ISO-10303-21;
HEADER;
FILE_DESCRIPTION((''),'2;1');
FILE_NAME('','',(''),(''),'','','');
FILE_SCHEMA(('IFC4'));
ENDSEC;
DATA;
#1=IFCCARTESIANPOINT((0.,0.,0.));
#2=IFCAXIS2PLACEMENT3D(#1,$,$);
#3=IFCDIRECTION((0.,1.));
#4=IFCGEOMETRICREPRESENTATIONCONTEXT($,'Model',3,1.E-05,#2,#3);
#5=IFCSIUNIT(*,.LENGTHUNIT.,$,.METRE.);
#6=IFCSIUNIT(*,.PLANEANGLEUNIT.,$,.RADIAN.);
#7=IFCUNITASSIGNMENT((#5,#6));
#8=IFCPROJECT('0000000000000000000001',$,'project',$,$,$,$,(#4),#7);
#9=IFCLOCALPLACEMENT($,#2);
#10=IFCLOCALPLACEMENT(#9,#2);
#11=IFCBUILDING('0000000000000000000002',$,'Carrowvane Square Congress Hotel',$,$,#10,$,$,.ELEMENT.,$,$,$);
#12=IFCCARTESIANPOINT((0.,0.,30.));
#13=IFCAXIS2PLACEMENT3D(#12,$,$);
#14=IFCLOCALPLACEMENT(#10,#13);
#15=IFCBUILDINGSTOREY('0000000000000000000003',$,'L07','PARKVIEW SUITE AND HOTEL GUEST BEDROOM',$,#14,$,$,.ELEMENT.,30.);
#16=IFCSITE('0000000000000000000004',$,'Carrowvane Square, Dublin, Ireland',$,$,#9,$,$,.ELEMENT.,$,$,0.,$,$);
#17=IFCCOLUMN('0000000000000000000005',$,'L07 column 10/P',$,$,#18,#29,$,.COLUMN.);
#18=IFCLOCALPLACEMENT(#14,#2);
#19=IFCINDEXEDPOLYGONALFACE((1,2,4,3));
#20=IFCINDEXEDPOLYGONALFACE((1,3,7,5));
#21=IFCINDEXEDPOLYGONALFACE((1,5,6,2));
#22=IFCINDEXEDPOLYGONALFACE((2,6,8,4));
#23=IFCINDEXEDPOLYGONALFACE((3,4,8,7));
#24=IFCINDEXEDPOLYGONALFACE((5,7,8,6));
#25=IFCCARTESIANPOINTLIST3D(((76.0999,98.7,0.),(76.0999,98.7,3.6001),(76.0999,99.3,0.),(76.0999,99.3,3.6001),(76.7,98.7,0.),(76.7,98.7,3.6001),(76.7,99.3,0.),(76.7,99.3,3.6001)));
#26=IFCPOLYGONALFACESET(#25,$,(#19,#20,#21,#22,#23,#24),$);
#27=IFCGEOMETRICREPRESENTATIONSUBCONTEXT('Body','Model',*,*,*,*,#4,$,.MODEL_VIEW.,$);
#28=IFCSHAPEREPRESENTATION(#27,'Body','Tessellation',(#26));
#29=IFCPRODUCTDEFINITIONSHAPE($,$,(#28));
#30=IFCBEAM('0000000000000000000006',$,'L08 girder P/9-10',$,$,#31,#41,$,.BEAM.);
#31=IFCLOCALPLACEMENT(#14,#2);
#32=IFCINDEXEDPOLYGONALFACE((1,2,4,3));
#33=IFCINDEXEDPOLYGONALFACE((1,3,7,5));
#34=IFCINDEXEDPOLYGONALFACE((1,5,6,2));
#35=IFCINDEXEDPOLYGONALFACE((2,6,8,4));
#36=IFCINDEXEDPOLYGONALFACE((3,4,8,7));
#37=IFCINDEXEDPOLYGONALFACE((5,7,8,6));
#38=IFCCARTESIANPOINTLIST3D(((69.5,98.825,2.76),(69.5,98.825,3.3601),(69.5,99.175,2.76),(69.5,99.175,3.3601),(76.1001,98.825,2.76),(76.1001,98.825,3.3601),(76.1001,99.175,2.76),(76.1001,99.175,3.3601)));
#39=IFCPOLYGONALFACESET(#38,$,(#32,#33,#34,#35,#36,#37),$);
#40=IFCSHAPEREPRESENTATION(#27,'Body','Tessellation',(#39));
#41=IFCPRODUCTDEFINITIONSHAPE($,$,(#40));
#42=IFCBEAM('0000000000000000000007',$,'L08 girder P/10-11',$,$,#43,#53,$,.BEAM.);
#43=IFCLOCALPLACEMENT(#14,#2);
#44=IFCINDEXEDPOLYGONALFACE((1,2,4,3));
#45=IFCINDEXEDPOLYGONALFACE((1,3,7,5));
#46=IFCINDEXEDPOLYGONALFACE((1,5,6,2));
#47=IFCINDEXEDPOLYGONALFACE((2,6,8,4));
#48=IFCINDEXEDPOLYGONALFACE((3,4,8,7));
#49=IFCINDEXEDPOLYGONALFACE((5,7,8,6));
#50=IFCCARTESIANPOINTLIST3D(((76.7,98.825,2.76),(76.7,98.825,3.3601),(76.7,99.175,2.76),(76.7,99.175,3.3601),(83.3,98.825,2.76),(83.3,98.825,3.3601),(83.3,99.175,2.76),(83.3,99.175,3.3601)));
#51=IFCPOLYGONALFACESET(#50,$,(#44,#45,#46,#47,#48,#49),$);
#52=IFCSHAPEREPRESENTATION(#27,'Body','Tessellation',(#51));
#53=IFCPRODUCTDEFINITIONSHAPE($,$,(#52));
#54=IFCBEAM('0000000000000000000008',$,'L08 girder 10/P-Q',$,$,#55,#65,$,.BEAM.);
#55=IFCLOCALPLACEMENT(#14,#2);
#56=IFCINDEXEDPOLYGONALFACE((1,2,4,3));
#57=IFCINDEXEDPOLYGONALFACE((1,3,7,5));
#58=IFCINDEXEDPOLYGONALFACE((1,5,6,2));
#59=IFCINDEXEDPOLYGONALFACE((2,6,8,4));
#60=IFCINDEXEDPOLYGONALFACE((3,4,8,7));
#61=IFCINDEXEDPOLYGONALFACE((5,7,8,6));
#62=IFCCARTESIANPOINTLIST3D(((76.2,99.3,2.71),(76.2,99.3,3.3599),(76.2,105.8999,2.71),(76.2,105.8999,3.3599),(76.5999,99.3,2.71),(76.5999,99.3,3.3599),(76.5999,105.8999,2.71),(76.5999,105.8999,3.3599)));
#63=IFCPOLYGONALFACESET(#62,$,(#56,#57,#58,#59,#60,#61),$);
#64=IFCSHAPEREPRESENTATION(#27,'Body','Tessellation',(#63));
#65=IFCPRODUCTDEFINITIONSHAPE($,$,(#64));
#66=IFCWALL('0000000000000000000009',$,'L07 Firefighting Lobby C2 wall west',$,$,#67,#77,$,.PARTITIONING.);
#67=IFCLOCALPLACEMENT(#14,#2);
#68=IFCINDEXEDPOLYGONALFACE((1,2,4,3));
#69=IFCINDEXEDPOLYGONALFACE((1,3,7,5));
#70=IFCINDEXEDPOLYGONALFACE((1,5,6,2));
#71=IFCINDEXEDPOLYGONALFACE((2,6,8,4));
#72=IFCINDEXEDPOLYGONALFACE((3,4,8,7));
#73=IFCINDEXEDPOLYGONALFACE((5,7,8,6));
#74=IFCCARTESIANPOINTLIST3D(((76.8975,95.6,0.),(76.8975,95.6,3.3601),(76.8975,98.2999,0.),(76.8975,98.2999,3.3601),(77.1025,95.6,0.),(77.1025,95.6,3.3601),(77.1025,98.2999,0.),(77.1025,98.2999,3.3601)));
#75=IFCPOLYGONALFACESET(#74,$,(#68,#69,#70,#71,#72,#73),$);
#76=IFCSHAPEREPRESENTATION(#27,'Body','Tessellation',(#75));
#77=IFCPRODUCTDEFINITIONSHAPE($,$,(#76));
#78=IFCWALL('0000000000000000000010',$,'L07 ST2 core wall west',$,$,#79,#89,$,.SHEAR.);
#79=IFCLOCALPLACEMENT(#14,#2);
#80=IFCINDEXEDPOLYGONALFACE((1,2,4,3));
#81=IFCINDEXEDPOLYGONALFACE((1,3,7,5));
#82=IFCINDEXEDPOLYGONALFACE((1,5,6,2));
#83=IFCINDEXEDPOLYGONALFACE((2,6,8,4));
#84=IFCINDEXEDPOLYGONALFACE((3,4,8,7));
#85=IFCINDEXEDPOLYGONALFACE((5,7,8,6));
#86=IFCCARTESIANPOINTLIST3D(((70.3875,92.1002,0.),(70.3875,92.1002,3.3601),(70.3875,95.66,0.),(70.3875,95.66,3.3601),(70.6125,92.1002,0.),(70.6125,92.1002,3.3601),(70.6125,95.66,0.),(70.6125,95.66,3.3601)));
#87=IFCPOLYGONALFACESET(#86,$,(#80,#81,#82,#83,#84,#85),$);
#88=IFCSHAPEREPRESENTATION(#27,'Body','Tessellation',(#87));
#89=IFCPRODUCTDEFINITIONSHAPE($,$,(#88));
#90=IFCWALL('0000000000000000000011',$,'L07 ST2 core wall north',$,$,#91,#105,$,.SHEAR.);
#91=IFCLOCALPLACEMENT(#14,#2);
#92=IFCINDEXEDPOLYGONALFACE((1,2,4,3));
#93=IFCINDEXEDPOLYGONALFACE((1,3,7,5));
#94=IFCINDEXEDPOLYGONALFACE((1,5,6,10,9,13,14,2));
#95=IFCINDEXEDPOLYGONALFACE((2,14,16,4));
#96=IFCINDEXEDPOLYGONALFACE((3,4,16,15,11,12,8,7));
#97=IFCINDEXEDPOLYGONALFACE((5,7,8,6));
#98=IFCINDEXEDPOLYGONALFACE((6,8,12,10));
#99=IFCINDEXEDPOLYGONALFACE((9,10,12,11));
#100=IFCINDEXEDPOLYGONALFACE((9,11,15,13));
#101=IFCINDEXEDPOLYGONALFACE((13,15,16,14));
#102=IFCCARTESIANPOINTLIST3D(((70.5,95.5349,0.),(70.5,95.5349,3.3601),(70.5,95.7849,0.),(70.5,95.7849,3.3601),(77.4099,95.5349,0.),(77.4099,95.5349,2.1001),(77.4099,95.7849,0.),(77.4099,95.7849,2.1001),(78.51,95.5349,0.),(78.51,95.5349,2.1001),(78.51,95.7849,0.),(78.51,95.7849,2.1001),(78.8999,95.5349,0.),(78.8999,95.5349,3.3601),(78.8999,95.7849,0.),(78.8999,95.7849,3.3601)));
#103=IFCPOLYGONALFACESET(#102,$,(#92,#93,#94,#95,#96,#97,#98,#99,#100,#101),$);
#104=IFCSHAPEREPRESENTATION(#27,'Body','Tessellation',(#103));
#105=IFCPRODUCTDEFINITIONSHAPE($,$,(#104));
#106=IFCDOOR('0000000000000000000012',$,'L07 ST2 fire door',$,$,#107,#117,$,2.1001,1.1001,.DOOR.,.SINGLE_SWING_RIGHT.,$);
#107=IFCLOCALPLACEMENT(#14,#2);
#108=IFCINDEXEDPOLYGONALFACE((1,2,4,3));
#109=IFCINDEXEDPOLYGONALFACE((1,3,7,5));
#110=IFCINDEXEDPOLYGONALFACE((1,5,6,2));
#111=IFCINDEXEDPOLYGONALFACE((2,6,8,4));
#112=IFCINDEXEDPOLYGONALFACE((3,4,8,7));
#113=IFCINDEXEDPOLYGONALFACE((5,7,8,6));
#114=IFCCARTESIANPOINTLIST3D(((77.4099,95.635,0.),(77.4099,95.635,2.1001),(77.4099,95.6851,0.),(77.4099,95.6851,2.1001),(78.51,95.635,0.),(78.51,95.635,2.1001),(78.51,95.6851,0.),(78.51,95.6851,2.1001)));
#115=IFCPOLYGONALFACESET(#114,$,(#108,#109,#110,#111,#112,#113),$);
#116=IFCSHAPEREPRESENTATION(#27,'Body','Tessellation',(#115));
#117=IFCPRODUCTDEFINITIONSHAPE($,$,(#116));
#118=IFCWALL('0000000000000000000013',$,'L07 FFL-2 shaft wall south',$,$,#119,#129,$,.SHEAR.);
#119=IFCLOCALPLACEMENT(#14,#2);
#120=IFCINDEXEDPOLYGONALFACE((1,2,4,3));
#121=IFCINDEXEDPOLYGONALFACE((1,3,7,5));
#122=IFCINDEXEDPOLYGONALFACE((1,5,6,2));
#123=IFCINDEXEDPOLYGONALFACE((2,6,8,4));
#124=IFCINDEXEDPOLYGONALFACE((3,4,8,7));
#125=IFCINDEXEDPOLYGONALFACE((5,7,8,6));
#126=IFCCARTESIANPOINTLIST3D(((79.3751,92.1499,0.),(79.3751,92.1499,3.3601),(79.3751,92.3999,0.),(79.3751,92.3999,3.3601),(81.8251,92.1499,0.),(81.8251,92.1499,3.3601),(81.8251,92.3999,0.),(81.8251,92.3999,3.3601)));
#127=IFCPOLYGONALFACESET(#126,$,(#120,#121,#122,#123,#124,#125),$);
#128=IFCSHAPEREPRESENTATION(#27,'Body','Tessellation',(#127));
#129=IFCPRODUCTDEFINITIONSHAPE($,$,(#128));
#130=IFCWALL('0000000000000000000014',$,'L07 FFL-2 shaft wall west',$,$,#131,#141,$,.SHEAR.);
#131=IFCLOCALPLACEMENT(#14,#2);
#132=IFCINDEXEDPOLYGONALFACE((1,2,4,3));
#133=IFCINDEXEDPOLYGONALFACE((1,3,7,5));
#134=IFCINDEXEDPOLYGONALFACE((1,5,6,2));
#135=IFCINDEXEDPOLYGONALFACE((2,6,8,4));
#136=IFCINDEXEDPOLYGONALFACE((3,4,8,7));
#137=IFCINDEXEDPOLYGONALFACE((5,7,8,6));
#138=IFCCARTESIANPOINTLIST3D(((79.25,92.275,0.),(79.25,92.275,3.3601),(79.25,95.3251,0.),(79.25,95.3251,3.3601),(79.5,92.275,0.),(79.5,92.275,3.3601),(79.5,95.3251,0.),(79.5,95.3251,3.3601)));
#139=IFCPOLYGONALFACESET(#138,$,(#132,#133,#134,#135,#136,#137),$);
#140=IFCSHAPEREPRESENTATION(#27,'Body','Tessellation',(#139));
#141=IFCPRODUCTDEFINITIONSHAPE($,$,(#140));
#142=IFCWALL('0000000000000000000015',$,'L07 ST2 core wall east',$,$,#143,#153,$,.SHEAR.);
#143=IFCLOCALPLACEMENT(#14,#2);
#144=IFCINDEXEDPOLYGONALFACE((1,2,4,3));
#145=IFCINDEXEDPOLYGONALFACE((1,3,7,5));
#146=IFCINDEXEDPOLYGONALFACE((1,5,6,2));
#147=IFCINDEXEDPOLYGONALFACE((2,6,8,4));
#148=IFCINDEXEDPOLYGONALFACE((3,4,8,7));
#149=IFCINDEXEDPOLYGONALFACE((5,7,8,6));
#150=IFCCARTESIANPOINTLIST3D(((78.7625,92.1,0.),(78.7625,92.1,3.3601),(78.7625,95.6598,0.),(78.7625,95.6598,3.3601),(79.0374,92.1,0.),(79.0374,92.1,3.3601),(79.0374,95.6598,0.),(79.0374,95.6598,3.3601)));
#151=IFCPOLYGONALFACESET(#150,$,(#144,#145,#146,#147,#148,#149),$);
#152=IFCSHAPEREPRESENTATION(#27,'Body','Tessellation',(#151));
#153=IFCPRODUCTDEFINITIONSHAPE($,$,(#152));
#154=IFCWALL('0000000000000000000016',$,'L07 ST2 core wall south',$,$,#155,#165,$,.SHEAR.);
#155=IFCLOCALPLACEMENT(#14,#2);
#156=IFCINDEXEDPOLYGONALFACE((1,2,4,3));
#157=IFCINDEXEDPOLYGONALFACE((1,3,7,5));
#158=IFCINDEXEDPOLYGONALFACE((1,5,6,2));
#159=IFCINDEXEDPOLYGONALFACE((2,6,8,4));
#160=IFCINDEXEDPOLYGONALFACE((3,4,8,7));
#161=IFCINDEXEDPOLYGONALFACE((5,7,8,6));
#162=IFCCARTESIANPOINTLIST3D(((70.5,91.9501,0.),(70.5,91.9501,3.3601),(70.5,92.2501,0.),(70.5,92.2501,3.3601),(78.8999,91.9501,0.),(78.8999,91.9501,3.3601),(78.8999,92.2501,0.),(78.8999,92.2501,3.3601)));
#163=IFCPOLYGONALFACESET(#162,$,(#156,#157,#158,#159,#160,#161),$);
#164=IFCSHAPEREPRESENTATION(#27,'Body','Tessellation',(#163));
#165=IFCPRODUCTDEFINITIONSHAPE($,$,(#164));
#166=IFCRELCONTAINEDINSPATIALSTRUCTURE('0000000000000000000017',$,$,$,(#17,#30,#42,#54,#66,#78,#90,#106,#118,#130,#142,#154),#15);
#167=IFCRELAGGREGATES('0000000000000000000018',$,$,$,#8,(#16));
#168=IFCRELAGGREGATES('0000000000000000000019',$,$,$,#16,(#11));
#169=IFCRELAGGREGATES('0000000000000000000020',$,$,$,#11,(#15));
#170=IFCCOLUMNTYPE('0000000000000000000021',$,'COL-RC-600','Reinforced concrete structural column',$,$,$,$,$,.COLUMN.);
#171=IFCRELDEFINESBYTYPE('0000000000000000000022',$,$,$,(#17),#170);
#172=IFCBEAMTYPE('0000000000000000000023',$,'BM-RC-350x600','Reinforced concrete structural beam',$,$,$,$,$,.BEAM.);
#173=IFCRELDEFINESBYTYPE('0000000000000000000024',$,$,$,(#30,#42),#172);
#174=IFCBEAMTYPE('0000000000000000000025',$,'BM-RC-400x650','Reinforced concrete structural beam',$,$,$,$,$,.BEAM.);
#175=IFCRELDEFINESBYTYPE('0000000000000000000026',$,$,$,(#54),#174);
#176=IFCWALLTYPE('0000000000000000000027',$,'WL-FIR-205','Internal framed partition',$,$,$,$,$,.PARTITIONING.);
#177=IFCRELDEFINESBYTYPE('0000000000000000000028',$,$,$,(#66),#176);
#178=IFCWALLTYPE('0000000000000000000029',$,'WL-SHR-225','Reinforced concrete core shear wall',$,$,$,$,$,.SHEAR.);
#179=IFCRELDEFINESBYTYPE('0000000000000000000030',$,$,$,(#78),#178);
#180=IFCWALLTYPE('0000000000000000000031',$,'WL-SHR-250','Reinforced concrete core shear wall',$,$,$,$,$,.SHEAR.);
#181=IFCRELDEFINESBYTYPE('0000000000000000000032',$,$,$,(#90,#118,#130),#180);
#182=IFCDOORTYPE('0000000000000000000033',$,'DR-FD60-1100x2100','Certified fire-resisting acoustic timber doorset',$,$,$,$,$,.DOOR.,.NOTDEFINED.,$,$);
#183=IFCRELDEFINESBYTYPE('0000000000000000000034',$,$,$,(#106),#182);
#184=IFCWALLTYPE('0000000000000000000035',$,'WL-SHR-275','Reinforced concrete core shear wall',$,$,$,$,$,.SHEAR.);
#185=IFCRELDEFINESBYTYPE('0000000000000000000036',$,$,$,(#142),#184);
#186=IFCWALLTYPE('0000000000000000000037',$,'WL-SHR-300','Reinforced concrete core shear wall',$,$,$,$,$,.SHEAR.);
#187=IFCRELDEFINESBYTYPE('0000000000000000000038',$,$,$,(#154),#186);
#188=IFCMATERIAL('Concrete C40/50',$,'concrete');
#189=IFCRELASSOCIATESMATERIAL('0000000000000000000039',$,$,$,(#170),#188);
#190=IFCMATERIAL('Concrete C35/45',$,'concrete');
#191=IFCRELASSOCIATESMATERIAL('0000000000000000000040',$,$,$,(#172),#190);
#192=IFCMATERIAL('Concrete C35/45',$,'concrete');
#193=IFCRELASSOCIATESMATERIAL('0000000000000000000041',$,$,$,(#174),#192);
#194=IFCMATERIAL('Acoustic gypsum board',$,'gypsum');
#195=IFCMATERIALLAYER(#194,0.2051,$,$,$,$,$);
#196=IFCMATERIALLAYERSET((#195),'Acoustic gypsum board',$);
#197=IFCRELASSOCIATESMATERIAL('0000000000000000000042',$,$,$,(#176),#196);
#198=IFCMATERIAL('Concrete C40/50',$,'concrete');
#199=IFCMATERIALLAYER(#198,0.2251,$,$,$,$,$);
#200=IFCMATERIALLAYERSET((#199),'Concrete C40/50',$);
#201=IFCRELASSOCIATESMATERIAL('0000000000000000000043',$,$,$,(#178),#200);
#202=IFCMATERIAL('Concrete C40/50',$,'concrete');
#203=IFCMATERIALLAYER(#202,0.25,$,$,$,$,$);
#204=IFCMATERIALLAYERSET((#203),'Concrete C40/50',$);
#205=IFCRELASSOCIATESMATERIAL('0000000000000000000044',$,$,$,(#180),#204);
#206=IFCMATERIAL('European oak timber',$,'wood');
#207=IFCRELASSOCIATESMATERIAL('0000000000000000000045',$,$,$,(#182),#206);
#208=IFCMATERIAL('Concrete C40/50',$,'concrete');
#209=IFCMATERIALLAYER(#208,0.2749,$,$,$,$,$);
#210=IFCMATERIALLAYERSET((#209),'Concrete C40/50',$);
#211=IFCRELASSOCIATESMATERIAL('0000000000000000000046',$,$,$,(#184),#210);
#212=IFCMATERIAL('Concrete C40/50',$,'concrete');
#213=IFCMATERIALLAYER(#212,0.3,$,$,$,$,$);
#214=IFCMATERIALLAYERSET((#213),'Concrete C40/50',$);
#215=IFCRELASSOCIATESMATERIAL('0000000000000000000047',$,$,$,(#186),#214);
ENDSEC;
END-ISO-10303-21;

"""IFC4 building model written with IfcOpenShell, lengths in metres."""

from ifc_helpers import new_model, si_unit, direction, frame, frame_2d, origin, origin_2d, place, context, subcontext, project, spatial, rectangle, extrude, material, layer, layer_set, material_profile, profile_set, type_object, element, fill, save


model = new_model("IFC4")

# Units and contexts
model_context = context("Model", 3, precision=1e-05, world=origin(), true_north=direction((0.0, 1.0)))
body_context = subcontext(model_context, "Body", "Model", "MODEL_VIEW")
ifc_project = project(units=[si_unit("LENGTHUNIT", "METRE"), si_unit("PLANEANGLEUNIT", "RADIAN")], contexts=[model_context])

# Site, building, storey
site_placement = place(None, origin())
site = spatial("IfcSite", under=ifc_project, at=site_placement, Name="Carrowvane Square, Dublin, Ireland", CompositionType="ELEMENT", RefElevation=0.0)
building_placement = place(site_placement, origin())
building = spatial("IfcBuilding", under=site, at=building_placement, Name="Carrowvane Square Congress Hotel", CompositionType="ELEMENT")
storey_placement = place(building_placement, frame((0.0, 0.0, 30.0)))
storey = spatial("IfcBuildingStorey", under=building, at=storey_placement, Name="L07", Description="PARKVIEW SUITE AND HOTEL GUEST BEDROOM", CompositionType="ELEMENT", Elevation=30.0)

# Column
ifc_material_1 = material(Name="Concrete C40/50", Category="concrete")
ifc_material_profile_1 = material_profile(ifc_material_1, rectangle(XDim=0.6001, YDim=0.6001, at=origin_2d()), Name="RC 600x600")
ifc_profile_set_1 = profile_set([ifc_material_profile_1], Name="Concrete C40/50")
column_type = type_object("IfcColumnType", Name="COL-RC-600", Description="Reinforced concrete structural column", PredefinedType="COLUMN", material=ifc_profile_set_1)
column_placement = place(storey_placement, frame((76.3999, 99.0, 0.0), z_axis=(0.0, 0.0, 1.0), x_axis=(1.0, 0.0, 0.0)))
element("IfcColumn", 1, at=column_placement, inside=storey, type_object=column_type, Name="L07 column 10/P", PredefinedType="COLUMN", context=body_context, shape_type="SweptSolid", body=[
    extrude(rectangle(XDim=0.6001, YDim=0.6001, at=origin_2d()), origin(), (0.0, 0.0, 1.0), 3.6001),
])

# Beams
ifc_material_2 = material(Name="Concrete C35/45", Category="concrete")
ifc_material_profile_2 = material_profile(ifc_material_2, rectangle(XDim=0.3501, YDim=0.6001, at=origin_2d()), Name="RC 350x600")
ifc_profile_set_2 = profile_set([ifc_material_profile_2], Name="Concrete C35/45")
beam_type_1 = type_object("IfcBeamType", Name="BM-RC-350x600", Description="Reinforced concrete structural beam", PredefinedType="BEAM", material=ifc_profile_set_2)
for number, where, z_axis, x_axis, name in (
    (2, (69.5, 99.0, 3.0601), (1.0, 0.0, 0.0), (0.0, 1.0, 0.0), "L08 girder P/9-10"),
    (3, (76.7, 99.0, 3.0601), (1.0, 0.0, 0.0), (0.0, 1.0, 0.0), "L08 girder P/10-11"),
):
    element("IfcBeam", number, at=place(storey_placement, frame(where, z_axis=z_axis, x_axis=x_axis)), inside=storey, type_object=beam_type_1, Name=name, PredefinedType="BEAM", context=body_context, shape_type="SweptSolid", body=[
        extrude(rectangle(XDim=0.3501, YDim=0.6001, at=origin_2d()), origin(), (0.0, 0.0, 1.0), 6.6001),
    ])
ifc_material_3 = material(Name="Concrete C35/45", Category="concrete")
ifc_material_profile_3 = material_profile(ifc_material_3, rectangle(XDim=0.3999, YDim=0.6499, at=origin_2d()), Name="RC 400x650")
ifc_profile_set_3 = profile_set([ifc_material_profile_3], Name="Concrete C35/45")
beam_type_2 = type_object("IfcBeamType", Name="BM-RC-400x650", Description="Reinforced concrete structural beam", PredefinedType="BEAM", material=ifc_profile_set_3)
beam_placement = place(storey_placement, frame((76.3999, 99.3, 3.0349), z_axis=(0.0, 1.0, 0.0), x_axis=(-1.0, 0.0, 0.0)))
element("IfcBeam", 4, at=beam_placement, inside=storey, type_object=beam_type_2, Name="L08 girder 10/P-Q", PredefinedType="BEAM", context=body_context, shape_type="SweptSolid", body=[
    extrude(rectangle(XDim=0.3999, YDim=0.6499, at=origin_2d()), origin(), (0.0, 0.0, 1.0), 6.5999),
])

# Walls
ifc_material_4 = material(Name="Acoustic gypsum board", Category="gypsum")
ifc_layer_1 = layer(ifc_material_4, 0.2051)
ifc_layer_set_1 = layer_set([ifc_layer_1], Name="Acoustic gypsum board")
wall_type_1 = type_object("IfcWallType", Name="WL-FIR-205", Description="Internal framed partition", PredefinedType="PARTITIONING", material=ifc_layer_set_1)
wall_1_placement = place(storey_placement, frame((77.0, 98.3, 0.0), z_axis=(0.0, 0.0, 1.0), x_axis=(0.0, -1.0, 0.0)))
element("IfcWall", 5, at=wall_1_placement, inside=storey, type_object=wall_type_1, Name="L07 Firefighting Lobby C2 wall west", PredefinedType="PARTITIONING", context=body_context, shape_type="SweptSolid", body=[
    extrude(rectangle(XDim=2.7, YDim=0.2051, at=frame_2d((1.3501, 0.0))), origin(), (0.0, 0.0, 1.0), 3.3601),
])
ifc_material_5 = material(Name="Concrete C40/50", Category="concrete")
ifc_layer_2 = layer(ifc_material_5, 0.2251)
ifc_layer_set_2 = layer_set([ifc_layer_2], Name="Concrete C40/50")
wall_type_2 = type_object("IfcWallType", Name="WL-SHR-225", Description="Reinforced concrete core shear wall", PredefinedType="SHEAR", material=ifc_layer_set_2)
wall_2_placement = place(storey_placement, frame((70.5, 95.6599, 0.0), z_axis=(0.0, 0.0, 1.0), x_axis=(0.0, -1.0, 0.0)))
element("IfcWall", 6, at=wall_2_placement, inside=storey, type_object=wall_type_2, Name="L07 ST2 core wall west", PredefinedType="SHEAR", context=body_context, shape_type="SweptSolid", body=[
    extrude(rectangle(XDim=3.5598, YDim=0.2251, at=frame_2d((1.7798, 0.0))), origin(), (0.0, 0.0, 1.0), 3.3601),
])

# Wall, opening, door
ifc_material_6 = material(Name="Concrete C40/50", Category="concrete")
ifc_layer_3 = layer(ifc_material_6, 0.25)
ifc_layer_set_3 = layer_set([ifc_layer_3], Name="Concrete C40/50")
wall_type_3 = type_object("IfcWallType", Name="WL-SHR-250", Description="Reinforced concrete core shear wall", PredefinedType="SHEAR", material=ifc_layer_set_3)
wall_3_placement = place(storey_placement, frame((78.8999, 95.6599, 0.0), z_axis=(0.0, 0.0, 1.0), x_axis=(-1.0, 0.0, 0.0)))
wall_3 = element("IfcWall", 7, at=wall_3_placement, inside=storey, type_object=wall_type_3, Name="L07 ST2 core wall north", PredefinedType="SHEAR", context=body_context, shape_type="SweptSolid", body=[
    extrude(rectangle(XDim=8.3999, YDim=0.25, at=frame_2d((4.2, 0.0))), origin(), (0.0, 0.0, 1.0), 3.3601),
])
opening_placement = place(wall_3_placement, frame((0.3899, 0.0, 0.0)))
opening = element("IfcOpeningElement", 8, at=opening_placement, cuts=wall_3, PredefinedType="OPENING", context=body_context, shape_type="SweptSolid", body=[
    extrude(rectangle(XDim=1.1001, YDim=2.1001, at=frame_2d((0.55, 1.05))), frame((0.0, 0.135, 0.0), z_axis=(0.0, -1.0, 0.0), x_axis=(1.0, 0.0, 0.0)), (0.0, 0.0, 1.0), 0.27),
])
ifc_material_7 = material(Name="European oak timber", Category="wood")
door_type = type_object("IfcDoorType", Name="DR-FD60-1100x2100", Description="Certified fire-resisting acoustic timber doorset", OperationType="NOTDEFINED", PredefinedType="DOOR", material=ifc_material_7)
door_placement = place(opening_placement, origin())
door = element("IfcDoor", 9, at=door_placement, inside=storey, type_object=door_type, Name="L07 ST2 fire door", OperationType="SINGLE_SWING_RIGHT", OverallHeight=2.1001, OverallWidth=1.1001, PredefinedType="DOOR", context=body_context, shape_type="SweptSolid", body=[
    extrude(rectangle(XDim=1.1001, YDim=2.1001, at=frame_2d((0.55, 1.05))), frame((0.0, 0.0249, 0.0), z_axis=(0.0, -1.0, 0.0), x_axis=(1.0, 0.0, 0.0)), (0.0, 0.0, 1.0), 0.05),
])
fill(opening, door)

# Walls
wall_4_placement = place(storey_placement, frame((79.375, 92.2749, 0.0), z_axis=(0.0, 0.0, 1.0), x_axis=(1.0, 0.0, 0.0)))
element("IfcWall", 10, at=wall_4_placement, inside=storey, type_object=wall_type_3, Name="L07 FFL-2 shaft wall south", PredefinedType="SHEAR", context=body_context, shape_type="SweptSolid", body=[
    extrude(rectangle(XDim=2.45, YDim=0.25, at=frame_2d((1.2251, 0.0))), origin(), (0.0, 0.0, 1.0), 3.3601),
])
wall_5_placement = place(storey_placement, frame((79.375, 95.325, 0.0), z_axis=(0.0, 0.0, 1.0), x_axis=(0.0, -1.0, 0.0)))
element("IfcWall", 11, at=wall_5_placement, inside=storey, type_object=wall_type_3, Name="L07 FFL-2 shaft wall west", PredefinedType="SHEAR", context=body_context, shape_type="SweptSolid", body=[
    extrude(rectangle(XDim=3.05, YDim=0.25, at=frame_2d((1.5249, 0.0))), origin(), (0.0, 0.0, 1.0), 3.3601),
])
ifc_material_8 = material(Name="Concrete C40/50", Category="concrete")
ifc_layer_4 = layer(ifc_material_8, 0.2749)
ifc_layer_set_4 = layer_set([ifc_layer_4], Name="Concrete C40/50")
wall_type_4 = type_object("IfcWallType", Name="WL-SHR-275", Description="Reinforced concrete core shear wall", PredefinedType="SHEAR", material=ifc_layer_set_4)
wall_6_placement = place(storey_placement, frame((78.8999, 92.1001, 0.0), z_axis=(0.0, 0.0, 1.0), x_axis=(0.0, 1.0, 0.0)))
element("IfcWall", 12, at=wall_6_placement, inside=storey, type_object=wall_type_4, Name="L07 ST2 core wall east", PredefinedType="SHEAR", context=body_context, shape_type="SweptSolid", body=[
    extrude(rectangle(XDim=3.5598, YDim=0.2749, at=frame_2d((1.7798, 0.0))), origin(), (0.0, 0.0, 1.0), 3.3601),
])
ifc_material_9 = material(Name="Concrete C40/50", Category="concrete")
ifc_layer_5 = layer(ifc_material_9, 0.3)
ifc_layer_set_5 = layer_set([ifc_layer_5], Name="Concrete C40/50")
wall_type_5 = type_object("IfcWallType", Name="WL-SHR-300", Description="Reinforced concrete core shear wall", PredefinedType="SHEAR", material=ifc_layer_set_5)
wall_7_placement = place(storey_placement, frame((70.5, 92.1001, 0.0), z_axis=(0.0, 0.0, 1.0), x_axis=(1.0, 0.0, 0.0)))
element("IfcWall", 13, at=wall_7_placement, inside=storey, type_object=wall_type_5, Name="L07 ST2 core wall south", PredefinedType="SHEAR", context=body_context, shape_type="SweptSolid", body=[
    extrude(rectangle(XDim=8.3999, YDim=0.3, at=frame_2d((4.2, 0.0))), origin(), (0.0, 0.0, 1.0), 3.3601),
])

save(model, "model.ifc")
